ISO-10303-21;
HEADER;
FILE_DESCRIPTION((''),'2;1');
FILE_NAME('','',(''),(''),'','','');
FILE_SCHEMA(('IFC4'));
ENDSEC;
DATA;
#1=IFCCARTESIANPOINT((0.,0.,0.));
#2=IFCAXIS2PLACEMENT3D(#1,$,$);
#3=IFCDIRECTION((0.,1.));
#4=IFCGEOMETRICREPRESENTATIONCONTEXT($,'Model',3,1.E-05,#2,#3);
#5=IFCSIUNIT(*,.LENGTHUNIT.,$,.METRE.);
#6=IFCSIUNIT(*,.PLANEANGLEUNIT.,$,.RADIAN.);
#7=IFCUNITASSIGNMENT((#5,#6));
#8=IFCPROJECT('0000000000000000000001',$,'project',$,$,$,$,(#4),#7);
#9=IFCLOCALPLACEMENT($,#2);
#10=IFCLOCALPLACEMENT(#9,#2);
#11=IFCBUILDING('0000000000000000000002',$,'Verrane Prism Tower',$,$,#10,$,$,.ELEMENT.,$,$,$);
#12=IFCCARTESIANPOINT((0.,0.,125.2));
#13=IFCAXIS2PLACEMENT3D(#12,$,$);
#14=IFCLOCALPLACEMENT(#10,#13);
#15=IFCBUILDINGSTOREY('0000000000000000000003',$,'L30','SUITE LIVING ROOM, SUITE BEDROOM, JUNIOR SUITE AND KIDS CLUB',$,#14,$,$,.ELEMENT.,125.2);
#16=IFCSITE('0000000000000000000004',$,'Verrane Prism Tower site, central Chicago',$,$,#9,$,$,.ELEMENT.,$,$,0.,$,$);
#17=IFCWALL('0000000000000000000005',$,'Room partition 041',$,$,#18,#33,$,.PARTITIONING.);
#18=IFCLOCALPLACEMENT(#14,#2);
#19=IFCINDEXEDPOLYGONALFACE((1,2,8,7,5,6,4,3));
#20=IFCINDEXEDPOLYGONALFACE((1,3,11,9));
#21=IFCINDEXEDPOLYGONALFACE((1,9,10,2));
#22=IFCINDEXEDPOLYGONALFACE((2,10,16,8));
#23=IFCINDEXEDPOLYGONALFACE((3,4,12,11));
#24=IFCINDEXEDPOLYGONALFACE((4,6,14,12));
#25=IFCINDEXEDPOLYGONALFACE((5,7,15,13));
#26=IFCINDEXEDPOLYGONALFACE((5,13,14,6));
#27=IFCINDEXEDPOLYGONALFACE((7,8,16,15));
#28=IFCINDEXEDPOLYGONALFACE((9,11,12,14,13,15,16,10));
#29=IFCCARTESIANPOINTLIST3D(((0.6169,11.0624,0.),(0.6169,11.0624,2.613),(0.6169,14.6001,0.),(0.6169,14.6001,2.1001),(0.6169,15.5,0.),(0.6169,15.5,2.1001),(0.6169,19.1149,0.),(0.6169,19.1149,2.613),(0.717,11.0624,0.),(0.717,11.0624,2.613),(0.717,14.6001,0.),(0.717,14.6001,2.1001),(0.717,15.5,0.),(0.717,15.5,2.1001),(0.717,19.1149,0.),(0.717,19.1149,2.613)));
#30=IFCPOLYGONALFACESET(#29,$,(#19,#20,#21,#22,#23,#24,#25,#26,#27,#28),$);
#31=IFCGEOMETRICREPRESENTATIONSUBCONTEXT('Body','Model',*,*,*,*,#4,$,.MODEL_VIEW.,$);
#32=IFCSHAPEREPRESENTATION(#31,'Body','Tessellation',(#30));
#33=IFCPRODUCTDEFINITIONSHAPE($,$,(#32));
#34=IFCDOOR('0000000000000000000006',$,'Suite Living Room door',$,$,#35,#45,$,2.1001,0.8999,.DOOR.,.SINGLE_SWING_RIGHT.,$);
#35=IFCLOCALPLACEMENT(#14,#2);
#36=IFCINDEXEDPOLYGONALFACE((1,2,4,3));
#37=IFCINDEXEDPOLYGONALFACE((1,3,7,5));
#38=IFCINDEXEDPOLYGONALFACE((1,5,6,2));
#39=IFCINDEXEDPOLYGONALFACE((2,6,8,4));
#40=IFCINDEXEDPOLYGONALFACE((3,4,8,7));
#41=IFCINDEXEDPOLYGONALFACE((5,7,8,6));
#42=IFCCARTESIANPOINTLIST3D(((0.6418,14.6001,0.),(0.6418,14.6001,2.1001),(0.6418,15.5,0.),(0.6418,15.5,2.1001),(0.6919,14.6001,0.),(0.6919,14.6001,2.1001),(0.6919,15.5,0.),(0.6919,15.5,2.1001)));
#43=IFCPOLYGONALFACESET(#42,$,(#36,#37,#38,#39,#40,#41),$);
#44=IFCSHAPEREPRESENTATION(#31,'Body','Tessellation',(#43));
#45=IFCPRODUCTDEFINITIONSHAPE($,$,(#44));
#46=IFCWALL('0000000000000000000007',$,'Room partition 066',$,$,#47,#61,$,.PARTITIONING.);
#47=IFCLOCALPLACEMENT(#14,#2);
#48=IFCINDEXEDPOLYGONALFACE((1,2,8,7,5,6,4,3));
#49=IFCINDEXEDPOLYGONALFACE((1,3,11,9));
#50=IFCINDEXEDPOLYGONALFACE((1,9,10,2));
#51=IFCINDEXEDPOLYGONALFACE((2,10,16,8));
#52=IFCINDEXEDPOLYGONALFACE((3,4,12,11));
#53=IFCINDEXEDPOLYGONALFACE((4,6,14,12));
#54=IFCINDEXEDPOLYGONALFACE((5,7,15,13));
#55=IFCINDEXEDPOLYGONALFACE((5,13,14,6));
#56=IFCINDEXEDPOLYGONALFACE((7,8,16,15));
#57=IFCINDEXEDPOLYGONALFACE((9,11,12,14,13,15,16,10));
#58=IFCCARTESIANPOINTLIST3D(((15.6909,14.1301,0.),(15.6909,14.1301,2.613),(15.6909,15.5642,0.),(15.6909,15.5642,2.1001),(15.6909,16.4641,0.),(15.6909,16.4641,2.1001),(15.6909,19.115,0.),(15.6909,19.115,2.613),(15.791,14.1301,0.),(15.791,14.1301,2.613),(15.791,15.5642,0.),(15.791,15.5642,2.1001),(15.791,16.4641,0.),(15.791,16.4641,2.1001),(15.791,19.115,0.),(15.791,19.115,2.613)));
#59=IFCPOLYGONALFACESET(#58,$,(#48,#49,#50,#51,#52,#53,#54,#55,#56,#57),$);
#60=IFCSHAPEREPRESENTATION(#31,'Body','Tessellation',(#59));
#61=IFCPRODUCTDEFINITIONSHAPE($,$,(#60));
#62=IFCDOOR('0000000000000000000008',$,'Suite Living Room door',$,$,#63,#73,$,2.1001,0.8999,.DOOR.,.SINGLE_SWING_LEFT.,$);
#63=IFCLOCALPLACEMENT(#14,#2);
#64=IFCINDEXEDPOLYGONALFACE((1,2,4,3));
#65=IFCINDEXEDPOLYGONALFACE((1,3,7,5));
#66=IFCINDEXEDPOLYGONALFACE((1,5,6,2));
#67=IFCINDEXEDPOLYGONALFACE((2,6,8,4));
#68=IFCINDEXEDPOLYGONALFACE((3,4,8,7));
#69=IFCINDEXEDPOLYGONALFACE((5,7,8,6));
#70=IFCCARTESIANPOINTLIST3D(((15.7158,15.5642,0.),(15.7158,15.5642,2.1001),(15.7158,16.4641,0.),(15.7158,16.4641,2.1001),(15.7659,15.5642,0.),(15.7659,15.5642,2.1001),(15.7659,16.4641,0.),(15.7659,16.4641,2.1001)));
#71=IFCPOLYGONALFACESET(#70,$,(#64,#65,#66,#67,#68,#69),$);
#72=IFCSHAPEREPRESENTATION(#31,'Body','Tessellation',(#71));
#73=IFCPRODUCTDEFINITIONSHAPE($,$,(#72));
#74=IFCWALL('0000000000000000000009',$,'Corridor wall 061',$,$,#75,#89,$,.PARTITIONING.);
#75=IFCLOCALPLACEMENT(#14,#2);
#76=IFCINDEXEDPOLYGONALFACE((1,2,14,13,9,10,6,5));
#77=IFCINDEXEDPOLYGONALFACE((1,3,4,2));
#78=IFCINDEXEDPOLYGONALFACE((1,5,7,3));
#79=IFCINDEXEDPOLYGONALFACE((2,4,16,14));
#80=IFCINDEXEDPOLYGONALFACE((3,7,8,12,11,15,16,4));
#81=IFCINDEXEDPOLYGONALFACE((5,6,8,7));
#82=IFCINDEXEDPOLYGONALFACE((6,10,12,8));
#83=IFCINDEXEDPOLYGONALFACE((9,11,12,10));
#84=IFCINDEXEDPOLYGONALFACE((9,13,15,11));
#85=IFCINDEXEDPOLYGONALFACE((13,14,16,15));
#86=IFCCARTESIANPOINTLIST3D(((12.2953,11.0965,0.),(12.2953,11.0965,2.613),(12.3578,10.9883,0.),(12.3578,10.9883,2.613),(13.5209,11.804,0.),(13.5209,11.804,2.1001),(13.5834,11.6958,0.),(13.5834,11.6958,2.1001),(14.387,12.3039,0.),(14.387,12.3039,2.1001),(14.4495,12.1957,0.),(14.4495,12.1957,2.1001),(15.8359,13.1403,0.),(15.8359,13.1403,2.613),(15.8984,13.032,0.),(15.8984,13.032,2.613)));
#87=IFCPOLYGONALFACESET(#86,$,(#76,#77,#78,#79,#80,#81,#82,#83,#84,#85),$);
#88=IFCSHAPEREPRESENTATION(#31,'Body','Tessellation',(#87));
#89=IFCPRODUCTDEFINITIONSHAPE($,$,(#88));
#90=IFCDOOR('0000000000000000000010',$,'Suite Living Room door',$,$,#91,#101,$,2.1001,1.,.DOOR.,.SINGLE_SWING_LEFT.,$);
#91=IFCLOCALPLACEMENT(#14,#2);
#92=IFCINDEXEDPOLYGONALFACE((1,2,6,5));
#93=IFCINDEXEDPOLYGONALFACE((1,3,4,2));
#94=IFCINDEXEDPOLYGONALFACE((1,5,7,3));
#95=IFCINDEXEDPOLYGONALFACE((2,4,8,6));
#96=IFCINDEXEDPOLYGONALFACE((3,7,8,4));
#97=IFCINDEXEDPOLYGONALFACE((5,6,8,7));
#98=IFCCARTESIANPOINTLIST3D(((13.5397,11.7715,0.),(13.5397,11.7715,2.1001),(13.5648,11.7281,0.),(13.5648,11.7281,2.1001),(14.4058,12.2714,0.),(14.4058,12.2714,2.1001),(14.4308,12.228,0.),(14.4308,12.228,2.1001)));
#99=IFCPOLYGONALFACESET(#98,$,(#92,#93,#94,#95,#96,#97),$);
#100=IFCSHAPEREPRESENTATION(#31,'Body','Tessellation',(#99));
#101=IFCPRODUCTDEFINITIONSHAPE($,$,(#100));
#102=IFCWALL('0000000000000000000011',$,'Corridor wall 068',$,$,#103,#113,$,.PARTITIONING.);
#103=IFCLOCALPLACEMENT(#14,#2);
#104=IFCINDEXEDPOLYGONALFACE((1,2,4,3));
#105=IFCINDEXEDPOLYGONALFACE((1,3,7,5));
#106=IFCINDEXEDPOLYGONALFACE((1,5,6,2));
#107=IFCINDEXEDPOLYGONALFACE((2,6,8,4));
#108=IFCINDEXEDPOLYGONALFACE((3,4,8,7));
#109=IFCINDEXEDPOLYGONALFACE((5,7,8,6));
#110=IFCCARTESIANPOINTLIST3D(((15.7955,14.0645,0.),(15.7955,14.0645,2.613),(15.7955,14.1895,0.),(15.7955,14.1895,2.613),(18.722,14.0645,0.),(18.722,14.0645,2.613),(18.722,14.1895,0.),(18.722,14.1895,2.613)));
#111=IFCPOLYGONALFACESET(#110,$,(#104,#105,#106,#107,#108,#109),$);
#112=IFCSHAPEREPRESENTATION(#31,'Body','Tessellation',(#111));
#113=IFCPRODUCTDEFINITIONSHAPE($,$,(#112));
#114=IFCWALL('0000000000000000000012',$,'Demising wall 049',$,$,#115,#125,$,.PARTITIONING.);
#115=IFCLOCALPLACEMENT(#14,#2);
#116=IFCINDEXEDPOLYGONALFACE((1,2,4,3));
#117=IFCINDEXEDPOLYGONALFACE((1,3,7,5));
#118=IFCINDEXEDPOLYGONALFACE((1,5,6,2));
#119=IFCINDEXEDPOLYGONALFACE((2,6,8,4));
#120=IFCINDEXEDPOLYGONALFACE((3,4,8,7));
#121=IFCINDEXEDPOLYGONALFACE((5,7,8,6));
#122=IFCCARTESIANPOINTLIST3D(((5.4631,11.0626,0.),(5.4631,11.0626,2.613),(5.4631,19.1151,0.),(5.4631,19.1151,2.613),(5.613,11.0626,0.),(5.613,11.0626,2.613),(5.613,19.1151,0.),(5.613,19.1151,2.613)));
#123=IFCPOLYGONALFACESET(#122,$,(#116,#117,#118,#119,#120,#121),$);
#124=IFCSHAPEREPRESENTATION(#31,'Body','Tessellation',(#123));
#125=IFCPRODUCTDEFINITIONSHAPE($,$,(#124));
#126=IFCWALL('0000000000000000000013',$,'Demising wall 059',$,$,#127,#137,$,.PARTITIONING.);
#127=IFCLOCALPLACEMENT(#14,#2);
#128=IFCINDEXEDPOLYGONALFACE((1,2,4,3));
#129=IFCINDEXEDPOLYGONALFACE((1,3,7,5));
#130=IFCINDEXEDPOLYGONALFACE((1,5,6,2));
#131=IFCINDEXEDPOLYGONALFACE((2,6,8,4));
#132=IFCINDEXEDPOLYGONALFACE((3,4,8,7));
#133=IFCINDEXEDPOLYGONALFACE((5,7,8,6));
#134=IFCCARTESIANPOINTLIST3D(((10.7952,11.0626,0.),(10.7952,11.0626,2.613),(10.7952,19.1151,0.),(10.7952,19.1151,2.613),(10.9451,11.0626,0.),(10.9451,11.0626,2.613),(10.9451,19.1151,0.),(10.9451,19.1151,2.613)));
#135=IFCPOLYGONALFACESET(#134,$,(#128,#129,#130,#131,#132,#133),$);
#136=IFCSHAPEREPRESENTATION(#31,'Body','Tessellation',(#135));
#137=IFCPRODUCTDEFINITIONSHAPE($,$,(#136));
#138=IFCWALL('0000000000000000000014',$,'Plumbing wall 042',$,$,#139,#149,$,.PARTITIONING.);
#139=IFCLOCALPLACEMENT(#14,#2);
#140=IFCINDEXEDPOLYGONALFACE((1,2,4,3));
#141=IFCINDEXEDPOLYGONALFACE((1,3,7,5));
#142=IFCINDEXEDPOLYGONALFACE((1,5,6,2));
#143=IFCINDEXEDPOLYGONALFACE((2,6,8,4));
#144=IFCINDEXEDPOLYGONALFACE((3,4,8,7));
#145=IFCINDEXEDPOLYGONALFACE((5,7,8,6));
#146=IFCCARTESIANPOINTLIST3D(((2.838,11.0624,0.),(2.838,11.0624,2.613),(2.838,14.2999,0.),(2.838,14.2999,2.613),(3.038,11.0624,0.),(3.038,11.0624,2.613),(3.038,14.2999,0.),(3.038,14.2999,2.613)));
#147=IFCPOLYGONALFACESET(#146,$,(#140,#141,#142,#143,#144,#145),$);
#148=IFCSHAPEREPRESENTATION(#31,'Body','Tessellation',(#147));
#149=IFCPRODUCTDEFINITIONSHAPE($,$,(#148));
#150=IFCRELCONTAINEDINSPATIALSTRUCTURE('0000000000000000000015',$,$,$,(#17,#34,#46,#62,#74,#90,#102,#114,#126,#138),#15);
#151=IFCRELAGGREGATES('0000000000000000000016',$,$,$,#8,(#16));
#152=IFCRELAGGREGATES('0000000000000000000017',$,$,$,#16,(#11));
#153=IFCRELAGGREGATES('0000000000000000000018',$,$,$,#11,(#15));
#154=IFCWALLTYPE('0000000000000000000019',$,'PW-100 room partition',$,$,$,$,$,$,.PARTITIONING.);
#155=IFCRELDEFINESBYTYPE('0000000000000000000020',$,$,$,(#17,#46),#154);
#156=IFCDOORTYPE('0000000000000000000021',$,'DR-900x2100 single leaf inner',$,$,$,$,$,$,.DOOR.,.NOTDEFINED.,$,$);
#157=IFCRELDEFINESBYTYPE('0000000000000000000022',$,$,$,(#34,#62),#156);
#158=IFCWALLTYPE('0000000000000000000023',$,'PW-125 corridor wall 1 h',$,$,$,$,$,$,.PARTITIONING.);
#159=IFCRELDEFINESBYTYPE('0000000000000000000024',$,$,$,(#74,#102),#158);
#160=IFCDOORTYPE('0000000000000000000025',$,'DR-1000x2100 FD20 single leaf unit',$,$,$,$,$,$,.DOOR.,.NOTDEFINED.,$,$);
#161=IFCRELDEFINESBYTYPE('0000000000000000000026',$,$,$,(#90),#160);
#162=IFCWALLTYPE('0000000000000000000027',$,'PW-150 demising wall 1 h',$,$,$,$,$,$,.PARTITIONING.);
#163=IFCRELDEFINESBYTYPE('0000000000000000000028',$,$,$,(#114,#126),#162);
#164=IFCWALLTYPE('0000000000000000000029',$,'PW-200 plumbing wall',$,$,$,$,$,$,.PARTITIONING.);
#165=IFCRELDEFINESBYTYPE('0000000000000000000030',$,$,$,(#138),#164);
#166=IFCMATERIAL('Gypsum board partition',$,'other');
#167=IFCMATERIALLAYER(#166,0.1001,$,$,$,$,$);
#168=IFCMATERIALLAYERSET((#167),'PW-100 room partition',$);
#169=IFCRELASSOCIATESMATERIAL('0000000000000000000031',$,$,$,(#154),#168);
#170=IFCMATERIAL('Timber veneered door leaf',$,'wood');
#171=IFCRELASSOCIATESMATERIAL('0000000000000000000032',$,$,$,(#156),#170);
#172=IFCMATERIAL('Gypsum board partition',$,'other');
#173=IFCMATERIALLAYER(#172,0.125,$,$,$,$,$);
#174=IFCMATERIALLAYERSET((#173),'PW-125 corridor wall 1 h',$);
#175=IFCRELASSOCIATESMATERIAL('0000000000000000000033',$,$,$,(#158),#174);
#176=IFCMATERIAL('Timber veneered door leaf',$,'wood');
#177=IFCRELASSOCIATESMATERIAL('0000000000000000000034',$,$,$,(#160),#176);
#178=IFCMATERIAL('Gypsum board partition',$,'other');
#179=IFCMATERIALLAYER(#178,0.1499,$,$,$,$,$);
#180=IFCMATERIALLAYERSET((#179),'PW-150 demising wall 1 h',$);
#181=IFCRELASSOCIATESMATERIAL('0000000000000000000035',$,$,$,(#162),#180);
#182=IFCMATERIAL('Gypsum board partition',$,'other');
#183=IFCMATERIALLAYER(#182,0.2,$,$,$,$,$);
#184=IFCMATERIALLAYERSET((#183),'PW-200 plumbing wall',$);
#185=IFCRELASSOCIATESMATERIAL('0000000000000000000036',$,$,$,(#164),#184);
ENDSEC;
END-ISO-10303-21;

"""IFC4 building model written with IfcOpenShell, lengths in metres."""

from ifc_helpers import new_model, si_unit, direction, frame, frame_2d, origin, place, context, subcontext, project, spatial, rectangle, extrude, material, layer, layer_set, type_object, element, fill, save


model = new_model("IFC4")

# Units and contexts
model_context = context("Model", 3, precision=1e-05, world=origin(), true_north=direction((0.0, 1.0)))
body_context = subcontext(model_context, "Body", "Model", "MODEL_VIEW")
ifc_project = project(units=[si_unit("LENGTHUNIT", "METRE"), si_unit("PLANEANGLEUNIT", "RADIAN")], contexts=[model_context])

# Site, building, storey
site_placement = place(None, origin())
site = spatial("IfcSite", under=ifc_project, at=site_placement, Name="Verrane Prism Tower site, central Chicago", CompositionType="ELEMENT", RefElevation=0.0)
building_placement = place(site_placement, origin())
building = spatial("IfcBuilding", under=site, at=building_placement, Name="Verrane Prism Tower", CompositionType="ELEMENT")
storey_placement = place(building_placement, frame((0.0, 0.0, 125.2)))
storey = spatial("IfcBuildingStorey", under=building, at=storey_placement, Name="L30", Description="SUITE LIVING ROOM, SUITE BEDROOM, JUNIOR SUITE AND KIDS CLUB", CompositionType="ELEMENT", Elevation=125.2)

# Walls, openings, doors
ifc_material_1 = material(Name="Gypsum board partition", Category="other")
ifc_layer_1 = layer(ifc_material_1, 0.1001)
ifc_layer_set_1 = layer_set([ifc_layer_1], Name="PW-100 room partition")
wall_type_1 = type_object("IfcWallType", Name="PW-100 room partition", PredefinedType="PARTITIONING", material=ifc_layer_set_1)
wall_1_placement = place(storey_placement, frame((0.667, 19.115, 0.0), z_axis=(0.0, 0.0, 1.0), x_axis=(0.0, -1.0, 0.0)))
wall_1 = element("IfcWall", 1, at=wall_1_placement, inside=storey, type_object=wall_type_1, Name="Room partition 041", PredefinedType="PARTITIONING", context=body_context, shape_type="SweptSolid", body=[
    extrude(rectangle(XDim=8.0525, YDim=0.1001, at=frame_2d((4.0264, 0.0))), origin(), (0.0, 0.0, 1.0), 2.613),
])
opening_1_placement = place(wall_1_placement, frame((3.615, 0.0, 0.0)))
opening_1 = element("IfcOpeningElement", 2, at=opening_1_placement, cuts=wall_1, PredefinedType="OPENING", context=body_context, shape_type="SweptSolid", body=[
    extrude(rectangle(XDim=0.8999, YDim=2.1001, at=frame_2d((0.45, 1.05))), frame((0.0, 0.0601, 0.0), z_axis=(0.0, -1.0, 0.0), x_axis=(1.0, 0.0, 0.0)), (0.0, 0.0, 1.0), 0.1201),
])
ifc_material_2 = material(Name="Timber veneered door leaf", Category="wood")
door_type_1 = type_object("IfcDoorType", Name="DR-900x2100 single leaf inner", OperationType="NOTDEFINED", PredefinedType="DOOR", material=ifc_material_2)
door_1_placement = place(opening_1_placement, origin())
door_1 = element("IfcDoor", 3, at=door_1_placement, inside=storey, type_object=door_type_1, Name="Suite Living Room door", OperationType="SINGLE_SWING_RIGHT", OverallHeight=2.1001, OverallWidth=0.8999, PredefinedType="DOOR", context=body_context, shape_type="SweptSolid", body=[
    extrude(rectangle(XDim=0.8999, YDim=2.1001, at=frame_2d((0.45, 1.05))), frame((0.0, 0.0249, 0.0), z_axis=(0.0, -1.0, 0.0), x_axis=(1.0, 0.0, 0.0)), (0.0, 0.0, 1.0), 0.05),
])
fill(opening_1, door_1)
wall_2_placement = place(storey_placement, frame((15.741, 19.115, 0.0), z_axis=(0.0, 0.0, 1.0), x_axis=(0.0, -1.0, 0.0)))
wall_2 = element("IfcWall", 4, at=wall_2_placement, inside=storey, type_object=wall_type_1, Name="Room partition 066", PredefinedType="PARTITIONING", context=body_context, shape_type="SweptSolid", body=[
    extrude(rectangle(XDim=4.9849, YDim=0.1001, at=frame_2d((2.4924, 0.0))), origin(), (0.0, 0.0, 1.0), 2.613),
])
opening_2_placement = place(wall_2_placement, frame((2.6509, 0.0, 0.0)))
opening_2 = element("IfcOpeningElement", 5, at=opening_2_placement, cuts=wall_2, PredefinedType="OPENING", context=body_context, shape_type="SweptSolid", body=[
    extrude(rectangle(XDim=0.8999, YDim=2.1001, at=frame_2d((0.45, 1.05))), frame((0.0, 0.0601, 0.0), z_axis=(0.0, -1.0, 0.0), x_axis=(1.0, 0.0, 0.0)), (0.0, 0.0, 1.0), 0.1201),
])
door_2_placement = place(opening_2_placement, origin())
door_2 = element("IfcDoor", 6, at=door_2_placement, inside=storey, type_object=door_type_1, Name="Suite Living Room door", OperationType="SINGLE_SWING_LEFT", OverallHeight=2.1001, OverallWidth=0.8999, PredefinedType="DOOR", context=body_context, shape_type="SweptSolid", body=[
    extrude(rectangle(XDim=0.8999, YDim=2.1001, at=frame_2d((0.45, 1.05))), frame((0.0, 0.0249, 0.0), z_axis=(0.0, -1.0, 0.0), x_axis=(1.0, 0.0, 0.0)), (0.0, 0.0, 1.0), 0.05),
])
fill(opening_2, door_2)
ifc_material_3 = material(Name="Gypsum board partition", Category="other")
ifc_layer_2 = layer(ifc_material_3, 0.125)
ifc_layer_set_2 = layer_set([ifc_layer_2], Name="PW-125 corridor wall 1 h")
wall_type_2 = type_object("IfcWallType", Name="PW-125 corridor wall 1 h", PredefinedType="PARTITIONING", material=ifc_layer_set_2)
wall_3_placement = place(storey_placement, frame((12.3267, 11.0425, 0.0), z_axis=(0.0, 0.0, 1.0), x_axis=(0.86607, 0.499922, 0.0)))
wall_3 = element("IfcWall", 7, at=wall_3_placement, inside=storey, type_object=wall_type_2, Name="Corridor wall 061", PredefinedType="PARTITIONING", context=body_context, shape_type="SweptSolid", body=[
    extrude(rectangle(XDim=4.0881, YDim=0.125, at=frame_2d((2.0439, 0.0))), origin(), (0.0, 0.0, 1.0), 2.613),
])
opening_3_placement = place(wall_3_placement, frame((1.415, 0.0, 0.0)))
opening_3 = element("IfcOpeningElement", 8, at=opening_3_placement, cuts=wall_3, PredefinedType="OPENING", context=body_context, shape_type="SweptSolid", body=[
    extrude(rectangle(XDim=1.0, YDim=2.1001, at=frame_2d((0.5, 1.05))), frame((0.0, 0.0725, 0.0), z_axis=(0.0, -1.0, 0.0), x_axis=(1.0, 0.0, 0.0)), (0.0, 0.0, 1.0), 0.145),
])
ifc_material_4 = material(Name="Timber veneered door leaf", Category="wood")
door_type_2 = type_object("IfcDoorType", Name="DR-1000x2100 FD20 single leaf unit", OperationType="NOTDEFINED", PredefinedType="DOOR", material=ifc_material_4)
door_3_placement = place(opening_3_placement, origin())
door_3 = element("IfcDoor", 9, at=door_3_placement, inside=storey, type_object=door_type_2, Name="Suite Living Room door", OperationType="SINGLE_SWING_LEFT", OverallHeight=2.1001, OverallWidth=1.0, PredefinedType="DOOR", context=body_context, shape_type="SweptSolid", body=[
    extrude(rectangle(XDim=1.0, YDim=2.1001, at=frame_2d((0.5, 1.05))), frame((0.0, 0.0249, 0.0), z_axis=(0.0, -1.0, 0.0), x_axis=(1.0, 0.0, 0.0)), (0.0, 0.0, 1.0), 0.05),
])
fill(opening_3, door_3)

# Walls
wall_4_placement = place(storey_placement, frame((15.7954, 14.127, 0.0), z_axis=(0.0, 0.0, 1.0), x_axis=(1.0, 0.0, 0.0)))
element("IfcWall", 10, at=wall_4_placement, inside=storey, type_object=wall_type_2, Name="Corridor wall 068", PredefinedType="PARTITIONING", context=body_context, shape_type="SweptSolid", body=[
    extrude(rectangle(XDim=2.9265, YDim=0.125, at=frame_2d((1.4634, 0.0))), origin(), (0.0, 0.0, 1.0), 2.613),
])
ifc_material_5 = material(Name="Gypsum board partition", Category="other")
ifc_layer_3 = layer(ifc_material_5, 0.1499)
ifc_layer_set_3 = layer_set([ifc_layer_3], Name="PW-150 demising wall 1 h")
wall_type_3 = type_object("IfcWallType", Name="PW-150 demising wall 1 h", PredefinedType="PARTITIONING", material=ifc_layer_set_3)
for number, where, z_axis, x_axis, name in (
    (11, (5.5381, 11.0625, 0.0), (0.0, 0.0, 1.0), (0.0, 1.0, 0.0), "Demising wall 049"),
    (12, (10.8701, 11.0625, 0.0), (0.0, 0.0, 1.0), (0.0, 1.0, 0.0), "Demising wall 059"),
):
    element("IfcWall", number, at=place(storey_placement, frame(where, z_axis=z_axis, x_axis=x_axis)), inside=storey, type_object=wall_type_3, Name=name, PredefinedType="PARTITIONING", context=body_context, shape_type="SweptSolid", body=[
        extrude(rectangle(XDim=8.0525, YDim=0.1499, at=frame_2d((4.0264, 0.0))), origin(), (0.0, 0.0, 1.0), 2.613),
    ])
ifc_material_6 = material(Name="Gypsum board partition", Category="other")
ifc_layer_4 = layer(ifc_material_6, 0.2)
ifc_layer_set_4 = layer_set([ifc_layer_4], Name="PW-200 plumbing wall")
wall_type_4 = type_object("IfcWallType", Name="PW-200 plumbing wall", PredefinedType="PARTITIONING", material=ifc_layer_set_4)
wall_5_placement = place(storey_placement, frame((2.938, 11.0625, 0.0), z_axis=(0.0, 0.0, 1.0), x_axis=(0.0, 1.0, 0.0)))
element("IfcWall", 13, at=wall_5_placement, inside=storey, type_object=wall_type_4, Name="Plumbing wall 042", PredefinedType="PARTITIONING", context=body_context, shape_type="SweptSolid", body=[
    extrude(rectangle(XDim=3.2375, YDim=0.2, at=frame_2d((1.6187, 0.0))), origin(), (0.0, 0.0, 1.0), 2.613),
])

save(model, "model.ifc")
